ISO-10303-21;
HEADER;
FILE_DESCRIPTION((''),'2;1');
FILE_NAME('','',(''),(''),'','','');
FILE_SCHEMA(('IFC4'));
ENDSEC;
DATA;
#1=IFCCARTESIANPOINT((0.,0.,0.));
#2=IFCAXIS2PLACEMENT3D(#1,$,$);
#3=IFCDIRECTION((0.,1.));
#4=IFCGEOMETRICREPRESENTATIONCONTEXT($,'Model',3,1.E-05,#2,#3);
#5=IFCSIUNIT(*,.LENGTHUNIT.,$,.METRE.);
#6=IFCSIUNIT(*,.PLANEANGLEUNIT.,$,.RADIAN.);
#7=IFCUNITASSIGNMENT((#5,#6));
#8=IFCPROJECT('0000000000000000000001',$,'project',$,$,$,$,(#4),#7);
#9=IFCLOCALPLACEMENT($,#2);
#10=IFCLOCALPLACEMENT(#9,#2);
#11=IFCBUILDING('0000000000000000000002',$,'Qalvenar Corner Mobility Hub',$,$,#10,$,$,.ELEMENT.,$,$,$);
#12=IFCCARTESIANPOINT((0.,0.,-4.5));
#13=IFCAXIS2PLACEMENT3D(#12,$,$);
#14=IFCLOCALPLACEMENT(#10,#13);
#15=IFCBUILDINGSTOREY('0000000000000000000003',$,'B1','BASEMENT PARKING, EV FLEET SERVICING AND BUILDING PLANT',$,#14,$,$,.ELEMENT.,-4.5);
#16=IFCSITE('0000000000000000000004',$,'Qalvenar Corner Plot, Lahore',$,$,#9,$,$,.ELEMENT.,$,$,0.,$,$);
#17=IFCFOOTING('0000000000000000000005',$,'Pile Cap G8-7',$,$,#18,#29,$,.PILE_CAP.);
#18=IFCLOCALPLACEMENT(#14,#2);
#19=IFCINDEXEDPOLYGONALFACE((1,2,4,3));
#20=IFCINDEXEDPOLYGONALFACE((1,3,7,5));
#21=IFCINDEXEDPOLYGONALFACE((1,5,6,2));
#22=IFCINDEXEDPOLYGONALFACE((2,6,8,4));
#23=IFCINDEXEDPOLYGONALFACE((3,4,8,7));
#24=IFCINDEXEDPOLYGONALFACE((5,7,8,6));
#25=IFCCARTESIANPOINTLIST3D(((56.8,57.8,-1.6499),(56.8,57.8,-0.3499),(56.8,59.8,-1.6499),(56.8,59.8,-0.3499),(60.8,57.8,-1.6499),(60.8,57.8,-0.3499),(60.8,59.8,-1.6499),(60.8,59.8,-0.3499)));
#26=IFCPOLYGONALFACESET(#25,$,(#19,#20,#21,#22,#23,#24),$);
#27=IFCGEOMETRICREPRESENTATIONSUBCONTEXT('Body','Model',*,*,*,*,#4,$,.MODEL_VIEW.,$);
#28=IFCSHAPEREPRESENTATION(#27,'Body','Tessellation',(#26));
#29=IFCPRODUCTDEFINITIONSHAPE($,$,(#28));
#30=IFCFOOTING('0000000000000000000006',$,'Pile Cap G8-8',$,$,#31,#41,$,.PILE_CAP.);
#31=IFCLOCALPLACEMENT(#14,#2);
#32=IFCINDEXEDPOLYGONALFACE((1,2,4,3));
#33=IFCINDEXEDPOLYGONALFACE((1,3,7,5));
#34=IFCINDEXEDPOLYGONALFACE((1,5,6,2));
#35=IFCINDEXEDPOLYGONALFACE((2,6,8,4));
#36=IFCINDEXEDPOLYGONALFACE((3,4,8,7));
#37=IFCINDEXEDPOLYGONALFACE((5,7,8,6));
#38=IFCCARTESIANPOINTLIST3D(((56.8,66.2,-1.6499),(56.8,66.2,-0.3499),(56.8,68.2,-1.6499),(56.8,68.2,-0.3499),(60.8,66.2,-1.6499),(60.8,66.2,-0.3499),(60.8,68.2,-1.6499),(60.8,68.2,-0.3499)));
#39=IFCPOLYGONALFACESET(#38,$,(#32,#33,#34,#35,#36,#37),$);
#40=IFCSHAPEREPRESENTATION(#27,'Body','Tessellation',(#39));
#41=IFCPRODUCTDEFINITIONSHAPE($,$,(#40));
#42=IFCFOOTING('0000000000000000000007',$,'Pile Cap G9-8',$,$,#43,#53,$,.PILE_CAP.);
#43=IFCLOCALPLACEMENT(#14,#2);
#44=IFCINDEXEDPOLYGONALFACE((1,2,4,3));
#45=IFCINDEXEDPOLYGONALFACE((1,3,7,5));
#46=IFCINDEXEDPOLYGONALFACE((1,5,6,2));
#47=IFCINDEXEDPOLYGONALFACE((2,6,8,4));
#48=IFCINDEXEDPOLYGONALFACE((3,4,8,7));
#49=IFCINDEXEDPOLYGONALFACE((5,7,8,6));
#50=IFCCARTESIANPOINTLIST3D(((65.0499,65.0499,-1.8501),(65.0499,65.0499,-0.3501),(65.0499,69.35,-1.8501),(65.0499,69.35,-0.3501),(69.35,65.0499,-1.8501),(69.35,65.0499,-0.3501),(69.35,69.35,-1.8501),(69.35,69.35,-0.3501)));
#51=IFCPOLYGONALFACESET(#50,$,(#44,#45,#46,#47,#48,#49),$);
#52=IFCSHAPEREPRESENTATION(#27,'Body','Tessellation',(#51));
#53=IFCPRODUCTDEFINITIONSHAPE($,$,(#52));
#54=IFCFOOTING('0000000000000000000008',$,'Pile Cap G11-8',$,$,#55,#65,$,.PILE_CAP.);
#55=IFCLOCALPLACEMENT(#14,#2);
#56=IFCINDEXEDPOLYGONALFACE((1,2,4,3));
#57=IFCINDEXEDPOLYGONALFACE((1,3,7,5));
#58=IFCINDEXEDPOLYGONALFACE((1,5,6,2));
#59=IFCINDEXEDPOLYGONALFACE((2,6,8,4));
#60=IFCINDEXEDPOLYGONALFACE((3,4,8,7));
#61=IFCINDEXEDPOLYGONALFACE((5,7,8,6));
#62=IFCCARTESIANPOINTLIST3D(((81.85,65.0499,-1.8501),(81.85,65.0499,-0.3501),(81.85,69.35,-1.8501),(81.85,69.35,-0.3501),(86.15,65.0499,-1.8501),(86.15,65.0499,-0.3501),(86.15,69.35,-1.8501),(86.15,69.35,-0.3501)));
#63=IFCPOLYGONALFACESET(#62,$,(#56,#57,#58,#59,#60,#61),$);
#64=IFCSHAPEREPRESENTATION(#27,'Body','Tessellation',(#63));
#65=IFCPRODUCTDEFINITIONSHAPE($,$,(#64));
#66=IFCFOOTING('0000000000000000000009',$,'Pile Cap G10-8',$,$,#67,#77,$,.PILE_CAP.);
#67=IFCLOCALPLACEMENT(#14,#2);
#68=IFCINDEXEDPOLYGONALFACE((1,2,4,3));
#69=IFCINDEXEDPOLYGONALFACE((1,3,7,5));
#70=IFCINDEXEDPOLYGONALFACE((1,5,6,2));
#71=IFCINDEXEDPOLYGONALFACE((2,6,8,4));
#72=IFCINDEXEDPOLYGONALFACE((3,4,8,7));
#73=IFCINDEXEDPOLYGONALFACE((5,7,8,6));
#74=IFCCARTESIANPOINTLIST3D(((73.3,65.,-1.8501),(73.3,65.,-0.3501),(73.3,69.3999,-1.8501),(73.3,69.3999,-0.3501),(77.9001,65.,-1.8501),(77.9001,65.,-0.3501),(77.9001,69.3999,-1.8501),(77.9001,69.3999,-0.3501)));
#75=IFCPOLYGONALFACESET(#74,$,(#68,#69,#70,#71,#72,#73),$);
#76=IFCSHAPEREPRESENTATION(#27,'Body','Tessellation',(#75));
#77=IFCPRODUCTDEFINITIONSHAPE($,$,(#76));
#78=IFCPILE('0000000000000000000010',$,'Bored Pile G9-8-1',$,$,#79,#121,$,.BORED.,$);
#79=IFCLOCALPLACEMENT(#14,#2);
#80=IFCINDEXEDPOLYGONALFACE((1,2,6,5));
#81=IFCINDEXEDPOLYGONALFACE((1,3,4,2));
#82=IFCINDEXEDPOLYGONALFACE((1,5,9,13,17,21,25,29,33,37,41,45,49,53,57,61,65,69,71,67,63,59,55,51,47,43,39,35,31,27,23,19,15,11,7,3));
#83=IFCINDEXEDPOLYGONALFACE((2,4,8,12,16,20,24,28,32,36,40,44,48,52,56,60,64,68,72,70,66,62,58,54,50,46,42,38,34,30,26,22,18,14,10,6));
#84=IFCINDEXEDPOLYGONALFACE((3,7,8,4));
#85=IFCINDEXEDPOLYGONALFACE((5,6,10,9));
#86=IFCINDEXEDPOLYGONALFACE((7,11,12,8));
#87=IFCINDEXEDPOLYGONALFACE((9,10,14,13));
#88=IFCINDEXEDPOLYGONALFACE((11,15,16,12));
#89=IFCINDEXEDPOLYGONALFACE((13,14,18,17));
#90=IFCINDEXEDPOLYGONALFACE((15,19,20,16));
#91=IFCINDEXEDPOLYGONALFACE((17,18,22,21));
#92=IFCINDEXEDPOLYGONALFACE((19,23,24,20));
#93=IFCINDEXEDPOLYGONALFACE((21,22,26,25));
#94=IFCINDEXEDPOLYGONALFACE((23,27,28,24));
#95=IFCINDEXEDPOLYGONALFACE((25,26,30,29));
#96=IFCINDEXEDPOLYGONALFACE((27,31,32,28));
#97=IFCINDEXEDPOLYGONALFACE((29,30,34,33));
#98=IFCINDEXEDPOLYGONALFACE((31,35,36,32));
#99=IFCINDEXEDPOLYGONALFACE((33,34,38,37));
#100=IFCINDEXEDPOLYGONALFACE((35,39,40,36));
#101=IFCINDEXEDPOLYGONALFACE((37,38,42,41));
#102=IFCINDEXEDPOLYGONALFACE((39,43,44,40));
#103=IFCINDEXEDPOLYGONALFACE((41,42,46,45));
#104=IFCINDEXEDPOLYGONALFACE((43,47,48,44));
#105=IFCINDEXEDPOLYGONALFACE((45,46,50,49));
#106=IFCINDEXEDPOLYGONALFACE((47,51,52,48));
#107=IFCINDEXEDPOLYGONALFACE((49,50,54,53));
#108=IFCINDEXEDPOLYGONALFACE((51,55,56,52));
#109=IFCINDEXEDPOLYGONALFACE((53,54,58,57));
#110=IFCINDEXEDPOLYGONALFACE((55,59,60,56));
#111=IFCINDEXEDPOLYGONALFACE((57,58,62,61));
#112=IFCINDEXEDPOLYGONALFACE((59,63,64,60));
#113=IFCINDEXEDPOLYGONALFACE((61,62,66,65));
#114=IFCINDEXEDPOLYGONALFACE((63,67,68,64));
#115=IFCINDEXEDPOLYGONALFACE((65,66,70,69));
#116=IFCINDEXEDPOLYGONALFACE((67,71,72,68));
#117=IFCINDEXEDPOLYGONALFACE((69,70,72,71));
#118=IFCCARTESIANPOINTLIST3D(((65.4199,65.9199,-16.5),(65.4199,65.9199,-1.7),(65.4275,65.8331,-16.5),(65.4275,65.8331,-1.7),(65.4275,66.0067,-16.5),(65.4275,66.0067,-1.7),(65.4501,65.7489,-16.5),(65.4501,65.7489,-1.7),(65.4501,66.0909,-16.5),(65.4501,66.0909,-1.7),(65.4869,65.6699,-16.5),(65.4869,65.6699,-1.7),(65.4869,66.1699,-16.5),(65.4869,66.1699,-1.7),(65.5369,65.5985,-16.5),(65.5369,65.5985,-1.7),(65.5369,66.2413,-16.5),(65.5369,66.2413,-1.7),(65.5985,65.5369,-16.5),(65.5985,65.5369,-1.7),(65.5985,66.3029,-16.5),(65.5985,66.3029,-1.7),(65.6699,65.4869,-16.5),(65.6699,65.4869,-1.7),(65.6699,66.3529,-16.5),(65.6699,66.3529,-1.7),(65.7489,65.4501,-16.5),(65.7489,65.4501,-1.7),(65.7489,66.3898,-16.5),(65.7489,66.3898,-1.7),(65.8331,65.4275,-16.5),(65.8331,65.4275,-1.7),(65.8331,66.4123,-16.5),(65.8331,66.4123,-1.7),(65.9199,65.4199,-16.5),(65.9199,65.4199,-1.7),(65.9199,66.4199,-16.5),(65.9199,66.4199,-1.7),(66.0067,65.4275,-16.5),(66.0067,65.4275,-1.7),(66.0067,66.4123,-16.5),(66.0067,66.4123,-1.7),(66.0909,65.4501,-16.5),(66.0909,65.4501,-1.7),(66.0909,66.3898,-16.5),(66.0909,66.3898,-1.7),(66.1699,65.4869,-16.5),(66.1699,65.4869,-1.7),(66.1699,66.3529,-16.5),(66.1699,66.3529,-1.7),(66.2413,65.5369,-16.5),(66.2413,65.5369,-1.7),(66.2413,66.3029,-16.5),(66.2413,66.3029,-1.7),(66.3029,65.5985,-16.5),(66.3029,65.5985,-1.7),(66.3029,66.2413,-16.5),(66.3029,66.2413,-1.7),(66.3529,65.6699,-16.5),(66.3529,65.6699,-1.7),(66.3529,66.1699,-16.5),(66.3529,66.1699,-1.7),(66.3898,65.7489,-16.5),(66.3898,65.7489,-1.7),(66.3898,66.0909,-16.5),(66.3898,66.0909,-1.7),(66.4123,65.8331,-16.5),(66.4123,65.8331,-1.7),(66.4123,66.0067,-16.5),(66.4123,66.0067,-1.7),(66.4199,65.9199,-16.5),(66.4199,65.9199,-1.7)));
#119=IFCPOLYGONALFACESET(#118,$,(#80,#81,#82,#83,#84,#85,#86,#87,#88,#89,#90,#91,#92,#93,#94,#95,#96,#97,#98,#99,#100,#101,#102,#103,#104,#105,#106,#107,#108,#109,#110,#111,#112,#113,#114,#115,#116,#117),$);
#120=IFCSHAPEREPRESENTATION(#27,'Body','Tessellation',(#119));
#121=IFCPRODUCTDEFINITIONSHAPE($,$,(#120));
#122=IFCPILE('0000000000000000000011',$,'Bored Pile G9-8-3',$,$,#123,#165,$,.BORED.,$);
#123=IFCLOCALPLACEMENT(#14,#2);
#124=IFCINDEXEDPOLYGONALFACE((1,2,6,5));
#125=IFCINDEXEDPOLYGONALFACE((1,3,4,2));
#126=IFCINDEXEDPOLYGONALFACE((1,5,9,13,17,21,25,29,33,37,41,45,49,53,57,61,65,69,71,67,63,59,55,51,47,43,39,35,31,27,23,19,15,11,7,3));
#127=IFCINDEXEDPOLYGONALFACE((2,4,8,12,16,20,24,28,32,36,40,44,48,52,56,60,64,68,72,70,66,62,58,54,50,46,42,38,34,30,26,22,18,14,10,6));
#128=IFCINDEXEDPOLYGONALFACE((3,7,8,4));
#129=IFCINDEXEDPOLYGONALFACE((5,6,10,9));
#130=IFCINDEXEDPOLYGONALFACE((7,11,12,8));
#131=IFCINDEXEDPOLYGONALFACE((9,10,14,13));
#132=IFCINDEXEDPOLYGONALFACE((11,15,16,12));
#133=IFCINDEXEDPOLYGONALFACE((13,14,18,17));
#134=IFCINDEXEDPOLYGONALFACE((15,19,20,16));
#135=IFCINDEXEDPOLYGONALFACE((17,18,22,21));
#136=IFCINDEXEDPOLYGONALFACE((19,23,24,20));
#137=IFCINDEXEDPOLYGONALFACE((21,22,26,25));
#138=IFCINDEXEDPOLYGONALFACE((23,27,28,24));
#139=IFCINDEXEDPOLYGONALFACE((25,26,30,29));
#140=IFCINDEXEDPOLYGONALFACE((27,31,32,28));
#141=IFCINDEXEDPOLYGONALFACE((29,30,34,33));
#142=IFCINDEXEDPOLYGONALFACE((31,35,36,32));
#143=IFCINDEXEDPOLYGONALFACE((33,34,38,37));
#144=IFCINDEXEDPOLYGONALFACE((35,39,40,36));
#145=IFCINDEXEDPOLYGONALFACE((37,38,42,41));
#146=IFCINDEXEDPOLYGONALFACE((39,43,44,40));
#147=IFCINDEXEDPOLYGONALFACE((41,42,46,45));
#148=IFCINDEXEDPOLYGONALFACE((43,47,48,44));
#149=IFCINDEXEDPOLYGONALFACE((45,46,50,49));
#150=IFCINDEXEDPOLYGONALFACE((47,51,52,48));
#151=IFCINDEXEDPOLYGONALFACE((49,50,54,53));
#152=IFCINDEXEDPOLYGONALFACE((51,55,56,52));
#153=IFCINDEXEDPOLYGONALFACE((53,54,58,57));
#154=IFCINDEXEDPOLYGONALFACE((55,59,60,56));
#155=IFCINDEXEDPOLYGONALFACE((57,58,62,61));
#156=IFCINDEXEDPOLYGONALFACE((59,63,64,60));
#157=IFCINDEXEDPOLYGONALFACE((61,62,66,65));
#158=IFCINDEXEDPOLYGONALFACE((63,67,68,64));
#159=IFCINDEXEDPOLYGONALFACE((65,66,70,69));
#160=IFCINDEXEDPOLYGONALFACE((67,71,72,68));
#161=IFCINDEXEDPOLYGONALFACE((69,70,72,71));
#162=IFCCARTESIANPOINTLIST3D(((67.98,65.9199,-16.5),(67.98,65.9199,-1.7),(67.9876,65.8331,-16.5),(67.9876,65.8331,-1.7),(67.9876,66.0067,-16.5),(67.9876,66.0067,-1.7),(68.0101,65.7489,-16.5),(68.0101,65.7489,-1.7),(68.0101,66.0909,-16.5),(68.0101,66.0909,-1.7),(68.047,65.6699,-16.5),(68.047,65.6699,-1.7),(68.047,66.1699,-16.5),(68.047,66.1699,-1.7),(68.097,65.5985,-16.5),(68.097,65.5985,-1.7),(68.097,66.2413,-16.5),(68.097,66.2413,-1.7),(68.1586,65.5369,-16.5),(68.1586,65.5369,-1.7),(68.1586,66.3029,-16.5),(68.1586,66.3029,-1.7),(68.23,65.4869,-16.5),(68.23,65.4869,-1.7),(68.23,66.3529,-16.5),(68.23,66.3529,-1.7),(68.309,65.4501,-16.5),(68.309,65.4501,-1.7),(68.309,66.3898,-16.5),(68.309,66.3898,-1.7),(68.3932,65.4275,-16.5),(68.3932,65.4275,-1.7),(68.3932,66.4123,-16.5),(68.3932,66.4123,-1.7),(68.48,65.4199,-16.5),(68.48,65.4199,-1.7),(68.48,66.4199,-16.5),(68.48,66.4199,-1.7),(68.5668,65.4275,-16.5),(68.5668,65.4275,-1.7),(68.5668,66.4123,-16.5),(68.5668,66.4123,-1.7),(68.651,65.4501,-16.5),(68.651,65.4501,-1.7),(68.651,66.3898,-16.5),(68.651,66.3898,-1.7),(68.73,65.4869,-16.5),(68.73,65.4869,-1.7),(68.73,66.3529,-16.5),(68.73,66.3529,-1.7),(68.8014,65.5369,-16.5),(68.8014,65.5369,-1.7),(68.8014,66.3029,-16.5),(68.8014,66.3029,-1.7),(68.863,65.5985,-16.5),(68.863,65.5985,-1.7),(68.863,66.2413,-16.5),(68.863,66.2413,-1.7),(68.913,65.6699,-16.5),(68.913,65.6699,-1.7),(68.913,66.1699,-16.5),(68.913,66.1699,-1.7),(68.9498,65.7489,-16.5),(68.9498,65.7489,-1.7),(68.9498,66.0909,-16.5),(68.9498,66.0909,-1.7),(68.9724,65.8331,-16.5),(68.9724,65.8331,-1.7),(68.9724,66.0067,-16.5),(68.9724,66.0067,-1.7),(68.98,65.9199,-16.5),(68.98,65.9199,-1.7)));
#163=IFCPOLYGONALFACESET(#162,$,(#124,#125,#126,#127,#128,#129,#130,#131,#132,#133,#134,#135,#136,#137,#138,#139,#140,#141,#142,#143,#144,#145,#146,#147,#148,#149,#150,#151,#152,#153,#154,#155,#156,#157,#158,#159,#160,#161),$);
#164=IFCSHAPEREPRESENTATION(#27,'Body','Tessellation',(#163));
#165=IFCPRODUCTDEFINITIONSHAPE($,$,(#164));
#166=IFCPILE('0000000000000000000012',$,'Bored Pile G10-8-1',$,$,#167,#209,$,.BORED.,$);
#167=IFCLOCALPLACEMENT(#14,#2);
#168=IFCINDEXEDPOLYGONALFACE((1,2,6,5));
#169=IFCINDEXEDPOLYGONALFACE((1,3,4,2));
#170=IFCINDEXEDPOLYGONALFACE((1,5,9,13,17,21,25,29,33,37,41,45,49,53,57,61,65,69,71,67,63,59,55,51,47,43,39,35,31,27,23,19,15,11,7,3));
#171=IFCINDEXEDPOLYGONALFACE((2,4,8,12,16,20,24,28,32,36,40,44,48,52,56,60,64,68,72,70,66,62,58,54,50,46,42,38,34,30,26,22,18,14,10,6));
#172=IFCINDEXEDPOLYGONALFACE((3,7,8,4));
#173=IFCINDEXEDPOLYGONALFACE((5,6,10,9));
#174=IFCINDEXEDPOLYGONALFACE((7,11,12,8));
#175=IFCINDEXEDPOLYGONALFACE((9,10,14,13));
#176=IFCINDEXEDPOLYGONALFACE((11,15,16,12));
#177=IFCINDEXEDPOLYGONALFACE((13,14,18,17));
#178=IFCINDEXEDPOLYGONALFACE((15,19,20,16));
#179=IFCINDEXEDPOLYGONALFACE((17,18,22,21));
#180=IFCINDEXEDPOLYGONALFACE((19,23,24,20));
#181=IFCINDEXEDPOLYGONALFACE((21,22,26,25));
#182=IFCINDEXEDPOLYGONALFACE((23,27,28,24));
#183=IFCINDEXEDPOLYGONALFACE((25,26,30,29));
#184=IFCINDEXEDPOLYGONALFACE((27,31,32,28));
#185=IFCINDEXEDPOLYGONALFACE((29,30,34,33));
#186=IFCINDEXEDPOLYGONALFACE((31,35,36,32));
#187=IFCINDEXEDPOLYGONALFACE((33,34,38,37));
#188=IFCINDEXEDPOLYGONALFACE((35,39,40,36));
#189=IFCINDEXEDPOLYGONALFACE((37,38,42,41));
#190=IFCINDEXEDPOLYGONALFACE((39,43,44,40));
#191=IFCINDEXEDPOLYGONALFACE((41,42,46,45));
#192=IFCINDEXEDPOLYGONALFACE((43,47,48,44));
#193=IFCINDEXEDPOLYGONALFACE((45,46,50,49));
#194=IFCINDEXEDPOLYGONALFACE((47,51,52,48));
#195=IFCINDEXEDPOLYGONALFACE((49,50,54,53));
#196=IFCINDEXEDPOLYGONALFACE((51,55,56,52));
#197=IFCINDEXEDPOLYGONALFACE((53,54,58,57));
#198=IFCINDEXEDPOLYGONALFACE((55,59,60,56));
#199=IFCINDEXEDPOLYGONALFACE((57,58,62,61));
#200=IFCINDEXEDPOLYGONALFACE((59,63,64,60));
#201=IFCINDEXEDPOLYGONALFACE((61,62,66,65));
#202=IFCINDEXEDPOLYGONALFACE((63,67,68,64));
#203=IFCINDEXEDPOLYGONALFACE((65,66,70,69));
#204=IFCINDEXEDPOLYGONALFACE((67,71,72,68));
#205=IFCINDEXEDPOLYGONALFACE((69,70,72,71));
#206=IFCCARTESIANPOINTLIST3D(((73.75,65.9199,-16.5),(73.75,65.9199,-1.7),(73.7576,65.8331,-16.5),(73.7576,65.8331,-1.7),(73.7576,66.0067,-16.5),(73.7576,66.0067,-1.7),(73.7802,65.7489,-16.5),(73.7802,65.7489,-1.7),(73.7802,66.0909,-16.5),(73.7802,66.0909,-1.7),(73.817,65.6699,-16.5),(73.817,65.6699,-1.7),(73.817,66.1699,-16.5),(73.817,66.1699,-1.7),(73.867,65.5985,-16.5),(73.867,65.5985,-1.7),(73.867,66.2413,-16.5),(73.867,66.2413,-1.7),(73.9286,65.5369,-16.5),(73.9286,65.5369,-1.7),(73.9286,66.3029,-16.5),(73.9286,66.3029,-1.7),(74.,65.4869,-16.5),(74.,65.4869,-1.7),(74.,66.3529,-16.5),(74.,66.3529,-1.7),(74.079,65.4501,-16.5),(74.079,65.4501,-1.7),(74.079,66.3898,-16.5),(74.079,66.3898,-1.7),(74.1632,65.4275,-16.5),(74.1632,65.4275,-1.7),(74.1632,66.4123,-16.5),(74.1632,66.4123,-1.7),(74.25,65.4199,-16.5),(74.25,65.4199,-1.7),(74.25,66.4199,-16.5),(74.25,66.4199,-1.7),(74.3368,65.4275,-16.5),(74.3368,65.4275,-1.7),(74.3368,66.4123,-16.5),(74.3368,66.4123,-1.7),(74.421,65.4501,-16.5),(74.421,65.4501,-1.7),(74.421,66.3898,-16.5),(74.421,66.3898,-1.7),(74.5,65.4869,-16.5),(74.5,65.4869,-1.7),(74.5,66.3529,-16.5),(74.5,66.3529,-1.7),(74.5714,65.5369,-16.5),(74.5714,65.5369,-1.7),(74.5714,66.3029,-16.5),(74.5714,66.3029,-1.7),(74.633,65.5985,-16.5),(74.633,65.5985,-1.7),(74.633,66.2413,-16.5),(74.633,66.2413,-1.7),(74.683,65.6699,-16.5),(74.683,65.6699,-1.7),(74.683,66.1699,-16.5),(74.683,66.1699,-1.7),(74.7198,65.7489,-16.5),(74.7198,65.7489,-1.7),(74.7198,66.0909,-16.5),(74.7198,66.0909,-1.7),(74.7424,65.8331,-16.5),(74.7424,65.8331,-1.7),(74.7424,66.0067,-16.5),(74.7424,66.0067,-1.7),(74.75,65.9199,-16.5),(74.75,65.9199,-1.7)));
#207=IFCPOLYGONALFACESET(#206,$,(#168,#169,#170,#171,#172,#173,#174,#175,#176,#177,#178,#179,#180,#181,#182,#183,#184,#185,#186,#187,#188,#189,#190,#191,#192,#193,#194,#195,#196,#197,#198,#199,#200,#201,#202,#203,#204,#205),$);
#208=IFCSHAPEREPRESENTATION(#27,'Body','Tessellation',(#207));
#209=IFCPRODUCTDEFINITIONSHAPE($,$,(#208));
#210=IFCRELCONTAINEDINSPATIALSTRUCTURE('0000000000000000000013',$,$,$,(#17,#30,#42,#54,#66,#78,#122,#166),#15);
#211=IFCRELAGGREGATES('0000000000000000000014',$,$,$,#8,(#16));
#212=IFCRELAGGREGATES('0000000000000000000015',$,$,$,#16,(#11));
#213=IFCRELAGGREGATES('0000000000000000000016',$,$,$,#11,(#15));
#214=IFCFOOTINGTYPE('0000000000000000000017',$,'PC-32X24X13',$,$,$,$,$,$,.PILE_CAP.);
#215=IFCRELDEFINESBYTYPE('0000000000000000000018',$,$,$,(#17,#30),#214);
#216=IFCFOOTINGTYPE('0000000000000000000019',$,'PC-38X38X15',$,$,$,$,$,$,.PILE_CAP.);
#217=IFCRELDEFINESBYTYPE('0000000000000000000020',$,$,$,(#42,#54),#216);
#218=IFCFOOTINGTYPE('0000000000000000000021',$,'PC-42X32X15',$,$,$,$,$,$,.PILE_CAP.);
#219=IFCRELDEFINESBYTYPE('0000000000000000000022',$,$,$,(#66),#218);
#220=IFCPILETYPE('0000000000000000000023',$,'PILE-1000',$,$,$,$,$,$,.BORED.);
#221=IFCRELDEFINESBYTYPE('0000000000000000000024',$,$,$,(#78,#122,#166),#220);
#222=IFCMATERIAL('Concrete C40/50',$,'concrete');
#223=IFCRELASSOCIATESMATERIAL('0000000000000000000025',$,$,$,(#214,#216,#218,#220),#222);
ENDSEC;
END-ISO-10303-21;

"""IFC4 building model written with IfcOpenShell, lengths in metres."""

from ifc_helpers import new_model, si_unit, direction, frame, origin, origin_2d, place, context, subcontext, project, spatial, rectangle, circle, extrude, material, material_profile, profile_set, type_object, element, save


model = new_model("IFC4")

# Units and contexts
model_context = context("Model", 3, precision=1e-05, world=origin(), true_north=direction((0.0, 1.0)))
body_context = subcontext(model_context, "Body", "Model", "MODEL_VIEW")
ifc_project = project(units=[si_unit("LENGTHUNIT", "METRE"), si_unit("PLANEANGLEUNIT", "RADIAN")], contexts=[model_context])

# Site, building, storey
site_placement = place(None, origin())
site = spatial("IfcSite", under=ifc_project, at=site_placement, Name="Qalvenar Corner Plot, Lahore", CompositionType="ELEMENT", RefElevation=0.0)
building_placement = place(site_placement, origin())
building = spatial("IfcBuilding", under=site, at=building_placement, Name="Qalvenar Corner Mobility Hub", CompositionType="ELEMENT")
storey_placement = place(building_placement, frame((0.0, 0.0, -4.5)))
storey = spatial("IfcBuildingStorey", under=building, at=storey_placement, Name="B1", Description="BASEMENT PARKING, EV FLEET SERVICING AND BUILDING PLANT", CompositionType="ELEMENT", Elevation=-4.5)

# Footings
ifc_material_1 = material(Name="Concrete C40/50", Category="concrete")
footing_type_1 = type_object("IfcFootingType", Name="PC-32X24X13", PredefinedType="PILE_CAP", material=ifc_material_1)
for number, where, z_axis, x_axis, name in (
    (1, (58.8, 58.8, -1.6499), (0.0, 0.0, 1.0), (1.0, 0.0, 0.0), "Pile Cap G8-7"),
    (2, (58.8, 67.2, -1.6499), (0.0, 0.0, 1.0), (1.0, 0.0, 0.0), "Pile Cap G8-8"),
):
    element("IfcFooting", number, at=place(storey_placement, frame(where, z_axis=z_axis, x_axis=x_axis)), inside=storey, type_object=footing_type_1, Name=name, PredefinedType="PILE_CAP", context=body_context, shape_type="SweptSolid", body=[
        extrude(rectangle(XDim=4.0, YDim=2.0, at=origin_2d()), origin(), (0.0, 0.0, 1.0), 1.3),
    ])
footing_type_2 = type_object("IfcFootingType", Name="PC-38X38X15", PredefinedType="PILE_CAP", material=ifc_material_1)
for number, where, z_axis, x_axis, name in (
    (3, (67.2, 67.2, -1.8501), (0.0, 0.0, 1.0), (1.0, 0.0, 0.0), "Pile Cap G9-8"),
    (4, (84.0, 67.2, -1.8501), (0.0, 0.0, 1.0), (1.0, 0.0, 0.0), "Pile Cap G11-8"),
):
    element("IfcFooting", number, at=place(storey_placement, frame(where, z_axis=z_axis, x_axis=x_axis)), inside=storey, type_object=footing_type_2, Name=name, PredefinedType="PILE_CAP", context=body_context, shape_type="SweptSolid", body=[
        extrude(rectangle(XDim=4.3, YDim=4.3, at=origin_2d()), origin(), (0.0, 0.0, 1.0), 1.5),
    ])
footing_type_3 = type_object("IfcFootingType", Name="PC-42X32X15", PredefinedType="PILE_CAP", material=ifc_material_1)
footing_1_placement = place(storey_placement, frame((75.6001, 67.2, -1.8501), z_axis=(0.0, 0.0, 1.0), x_axis=(1.0, 0.0, 0.0)))
element("IfcFooting", 5, at=footing_1_placement, inside=storey, type_object=footing_type_3, Name="Pile Cap G10-8", PredefinedType="PILE_CAP", context=body_context, shape_type="SweptSolid", body=[
    extrude(rectangle(XDim=4.6001, YDim=4.3999, at=origin_2d()), origin(), (0.0, 0.0, 1.0), 1.5),
])

# Piles
ifc_material_profile_1 = material_profile(ifc_material_1, circle(Radius=0.5, at=origin_2d()), Name="DIA1000")
ifc_profile_set_1 = profile_set([ifc_material_profile_1], Name="Concrete C40/50")
pile_type_1 = type_object("IfcPileType", Name="PILE-1000", PredefinedType="BORED", material=ifc_profile_set_1)
for number, where, z_axis, x_axis, name in (
    (6, (65.9199, 65.9199, -1.7), (0.0, 0.0, -1.0), (1.0, 0.0, 0.0), "Bored Pile G9-8-1"),
    (7, (68.48, 65.9199, -1.7), (0.0, 0.0, -1.0), (1.0, 0.0, 0.0), "Bored Pile G9-8-3"),
    (8, (74.25, 65.9199, -1.7), (0.0, 0.0, -1.0), (1.0, 0.0, 0.0), "Bored Pile G10-8-1"),
):
    element("IfcPile", number, at=place(storey_placement, frame(where, z_axis=z_axis, x_axis=x_axis)), inside=storey, type_object=pile_type_1, Name=name, PredefinedType="BORED", context=body_context, shape_type="SweptSolid", body=[
        extrude(circle(Radius=0.5, at=origin_2d()), origin(), (0.0, 0.0, 1.0), 14.8),
    ])

save(model, "model.ifc")
